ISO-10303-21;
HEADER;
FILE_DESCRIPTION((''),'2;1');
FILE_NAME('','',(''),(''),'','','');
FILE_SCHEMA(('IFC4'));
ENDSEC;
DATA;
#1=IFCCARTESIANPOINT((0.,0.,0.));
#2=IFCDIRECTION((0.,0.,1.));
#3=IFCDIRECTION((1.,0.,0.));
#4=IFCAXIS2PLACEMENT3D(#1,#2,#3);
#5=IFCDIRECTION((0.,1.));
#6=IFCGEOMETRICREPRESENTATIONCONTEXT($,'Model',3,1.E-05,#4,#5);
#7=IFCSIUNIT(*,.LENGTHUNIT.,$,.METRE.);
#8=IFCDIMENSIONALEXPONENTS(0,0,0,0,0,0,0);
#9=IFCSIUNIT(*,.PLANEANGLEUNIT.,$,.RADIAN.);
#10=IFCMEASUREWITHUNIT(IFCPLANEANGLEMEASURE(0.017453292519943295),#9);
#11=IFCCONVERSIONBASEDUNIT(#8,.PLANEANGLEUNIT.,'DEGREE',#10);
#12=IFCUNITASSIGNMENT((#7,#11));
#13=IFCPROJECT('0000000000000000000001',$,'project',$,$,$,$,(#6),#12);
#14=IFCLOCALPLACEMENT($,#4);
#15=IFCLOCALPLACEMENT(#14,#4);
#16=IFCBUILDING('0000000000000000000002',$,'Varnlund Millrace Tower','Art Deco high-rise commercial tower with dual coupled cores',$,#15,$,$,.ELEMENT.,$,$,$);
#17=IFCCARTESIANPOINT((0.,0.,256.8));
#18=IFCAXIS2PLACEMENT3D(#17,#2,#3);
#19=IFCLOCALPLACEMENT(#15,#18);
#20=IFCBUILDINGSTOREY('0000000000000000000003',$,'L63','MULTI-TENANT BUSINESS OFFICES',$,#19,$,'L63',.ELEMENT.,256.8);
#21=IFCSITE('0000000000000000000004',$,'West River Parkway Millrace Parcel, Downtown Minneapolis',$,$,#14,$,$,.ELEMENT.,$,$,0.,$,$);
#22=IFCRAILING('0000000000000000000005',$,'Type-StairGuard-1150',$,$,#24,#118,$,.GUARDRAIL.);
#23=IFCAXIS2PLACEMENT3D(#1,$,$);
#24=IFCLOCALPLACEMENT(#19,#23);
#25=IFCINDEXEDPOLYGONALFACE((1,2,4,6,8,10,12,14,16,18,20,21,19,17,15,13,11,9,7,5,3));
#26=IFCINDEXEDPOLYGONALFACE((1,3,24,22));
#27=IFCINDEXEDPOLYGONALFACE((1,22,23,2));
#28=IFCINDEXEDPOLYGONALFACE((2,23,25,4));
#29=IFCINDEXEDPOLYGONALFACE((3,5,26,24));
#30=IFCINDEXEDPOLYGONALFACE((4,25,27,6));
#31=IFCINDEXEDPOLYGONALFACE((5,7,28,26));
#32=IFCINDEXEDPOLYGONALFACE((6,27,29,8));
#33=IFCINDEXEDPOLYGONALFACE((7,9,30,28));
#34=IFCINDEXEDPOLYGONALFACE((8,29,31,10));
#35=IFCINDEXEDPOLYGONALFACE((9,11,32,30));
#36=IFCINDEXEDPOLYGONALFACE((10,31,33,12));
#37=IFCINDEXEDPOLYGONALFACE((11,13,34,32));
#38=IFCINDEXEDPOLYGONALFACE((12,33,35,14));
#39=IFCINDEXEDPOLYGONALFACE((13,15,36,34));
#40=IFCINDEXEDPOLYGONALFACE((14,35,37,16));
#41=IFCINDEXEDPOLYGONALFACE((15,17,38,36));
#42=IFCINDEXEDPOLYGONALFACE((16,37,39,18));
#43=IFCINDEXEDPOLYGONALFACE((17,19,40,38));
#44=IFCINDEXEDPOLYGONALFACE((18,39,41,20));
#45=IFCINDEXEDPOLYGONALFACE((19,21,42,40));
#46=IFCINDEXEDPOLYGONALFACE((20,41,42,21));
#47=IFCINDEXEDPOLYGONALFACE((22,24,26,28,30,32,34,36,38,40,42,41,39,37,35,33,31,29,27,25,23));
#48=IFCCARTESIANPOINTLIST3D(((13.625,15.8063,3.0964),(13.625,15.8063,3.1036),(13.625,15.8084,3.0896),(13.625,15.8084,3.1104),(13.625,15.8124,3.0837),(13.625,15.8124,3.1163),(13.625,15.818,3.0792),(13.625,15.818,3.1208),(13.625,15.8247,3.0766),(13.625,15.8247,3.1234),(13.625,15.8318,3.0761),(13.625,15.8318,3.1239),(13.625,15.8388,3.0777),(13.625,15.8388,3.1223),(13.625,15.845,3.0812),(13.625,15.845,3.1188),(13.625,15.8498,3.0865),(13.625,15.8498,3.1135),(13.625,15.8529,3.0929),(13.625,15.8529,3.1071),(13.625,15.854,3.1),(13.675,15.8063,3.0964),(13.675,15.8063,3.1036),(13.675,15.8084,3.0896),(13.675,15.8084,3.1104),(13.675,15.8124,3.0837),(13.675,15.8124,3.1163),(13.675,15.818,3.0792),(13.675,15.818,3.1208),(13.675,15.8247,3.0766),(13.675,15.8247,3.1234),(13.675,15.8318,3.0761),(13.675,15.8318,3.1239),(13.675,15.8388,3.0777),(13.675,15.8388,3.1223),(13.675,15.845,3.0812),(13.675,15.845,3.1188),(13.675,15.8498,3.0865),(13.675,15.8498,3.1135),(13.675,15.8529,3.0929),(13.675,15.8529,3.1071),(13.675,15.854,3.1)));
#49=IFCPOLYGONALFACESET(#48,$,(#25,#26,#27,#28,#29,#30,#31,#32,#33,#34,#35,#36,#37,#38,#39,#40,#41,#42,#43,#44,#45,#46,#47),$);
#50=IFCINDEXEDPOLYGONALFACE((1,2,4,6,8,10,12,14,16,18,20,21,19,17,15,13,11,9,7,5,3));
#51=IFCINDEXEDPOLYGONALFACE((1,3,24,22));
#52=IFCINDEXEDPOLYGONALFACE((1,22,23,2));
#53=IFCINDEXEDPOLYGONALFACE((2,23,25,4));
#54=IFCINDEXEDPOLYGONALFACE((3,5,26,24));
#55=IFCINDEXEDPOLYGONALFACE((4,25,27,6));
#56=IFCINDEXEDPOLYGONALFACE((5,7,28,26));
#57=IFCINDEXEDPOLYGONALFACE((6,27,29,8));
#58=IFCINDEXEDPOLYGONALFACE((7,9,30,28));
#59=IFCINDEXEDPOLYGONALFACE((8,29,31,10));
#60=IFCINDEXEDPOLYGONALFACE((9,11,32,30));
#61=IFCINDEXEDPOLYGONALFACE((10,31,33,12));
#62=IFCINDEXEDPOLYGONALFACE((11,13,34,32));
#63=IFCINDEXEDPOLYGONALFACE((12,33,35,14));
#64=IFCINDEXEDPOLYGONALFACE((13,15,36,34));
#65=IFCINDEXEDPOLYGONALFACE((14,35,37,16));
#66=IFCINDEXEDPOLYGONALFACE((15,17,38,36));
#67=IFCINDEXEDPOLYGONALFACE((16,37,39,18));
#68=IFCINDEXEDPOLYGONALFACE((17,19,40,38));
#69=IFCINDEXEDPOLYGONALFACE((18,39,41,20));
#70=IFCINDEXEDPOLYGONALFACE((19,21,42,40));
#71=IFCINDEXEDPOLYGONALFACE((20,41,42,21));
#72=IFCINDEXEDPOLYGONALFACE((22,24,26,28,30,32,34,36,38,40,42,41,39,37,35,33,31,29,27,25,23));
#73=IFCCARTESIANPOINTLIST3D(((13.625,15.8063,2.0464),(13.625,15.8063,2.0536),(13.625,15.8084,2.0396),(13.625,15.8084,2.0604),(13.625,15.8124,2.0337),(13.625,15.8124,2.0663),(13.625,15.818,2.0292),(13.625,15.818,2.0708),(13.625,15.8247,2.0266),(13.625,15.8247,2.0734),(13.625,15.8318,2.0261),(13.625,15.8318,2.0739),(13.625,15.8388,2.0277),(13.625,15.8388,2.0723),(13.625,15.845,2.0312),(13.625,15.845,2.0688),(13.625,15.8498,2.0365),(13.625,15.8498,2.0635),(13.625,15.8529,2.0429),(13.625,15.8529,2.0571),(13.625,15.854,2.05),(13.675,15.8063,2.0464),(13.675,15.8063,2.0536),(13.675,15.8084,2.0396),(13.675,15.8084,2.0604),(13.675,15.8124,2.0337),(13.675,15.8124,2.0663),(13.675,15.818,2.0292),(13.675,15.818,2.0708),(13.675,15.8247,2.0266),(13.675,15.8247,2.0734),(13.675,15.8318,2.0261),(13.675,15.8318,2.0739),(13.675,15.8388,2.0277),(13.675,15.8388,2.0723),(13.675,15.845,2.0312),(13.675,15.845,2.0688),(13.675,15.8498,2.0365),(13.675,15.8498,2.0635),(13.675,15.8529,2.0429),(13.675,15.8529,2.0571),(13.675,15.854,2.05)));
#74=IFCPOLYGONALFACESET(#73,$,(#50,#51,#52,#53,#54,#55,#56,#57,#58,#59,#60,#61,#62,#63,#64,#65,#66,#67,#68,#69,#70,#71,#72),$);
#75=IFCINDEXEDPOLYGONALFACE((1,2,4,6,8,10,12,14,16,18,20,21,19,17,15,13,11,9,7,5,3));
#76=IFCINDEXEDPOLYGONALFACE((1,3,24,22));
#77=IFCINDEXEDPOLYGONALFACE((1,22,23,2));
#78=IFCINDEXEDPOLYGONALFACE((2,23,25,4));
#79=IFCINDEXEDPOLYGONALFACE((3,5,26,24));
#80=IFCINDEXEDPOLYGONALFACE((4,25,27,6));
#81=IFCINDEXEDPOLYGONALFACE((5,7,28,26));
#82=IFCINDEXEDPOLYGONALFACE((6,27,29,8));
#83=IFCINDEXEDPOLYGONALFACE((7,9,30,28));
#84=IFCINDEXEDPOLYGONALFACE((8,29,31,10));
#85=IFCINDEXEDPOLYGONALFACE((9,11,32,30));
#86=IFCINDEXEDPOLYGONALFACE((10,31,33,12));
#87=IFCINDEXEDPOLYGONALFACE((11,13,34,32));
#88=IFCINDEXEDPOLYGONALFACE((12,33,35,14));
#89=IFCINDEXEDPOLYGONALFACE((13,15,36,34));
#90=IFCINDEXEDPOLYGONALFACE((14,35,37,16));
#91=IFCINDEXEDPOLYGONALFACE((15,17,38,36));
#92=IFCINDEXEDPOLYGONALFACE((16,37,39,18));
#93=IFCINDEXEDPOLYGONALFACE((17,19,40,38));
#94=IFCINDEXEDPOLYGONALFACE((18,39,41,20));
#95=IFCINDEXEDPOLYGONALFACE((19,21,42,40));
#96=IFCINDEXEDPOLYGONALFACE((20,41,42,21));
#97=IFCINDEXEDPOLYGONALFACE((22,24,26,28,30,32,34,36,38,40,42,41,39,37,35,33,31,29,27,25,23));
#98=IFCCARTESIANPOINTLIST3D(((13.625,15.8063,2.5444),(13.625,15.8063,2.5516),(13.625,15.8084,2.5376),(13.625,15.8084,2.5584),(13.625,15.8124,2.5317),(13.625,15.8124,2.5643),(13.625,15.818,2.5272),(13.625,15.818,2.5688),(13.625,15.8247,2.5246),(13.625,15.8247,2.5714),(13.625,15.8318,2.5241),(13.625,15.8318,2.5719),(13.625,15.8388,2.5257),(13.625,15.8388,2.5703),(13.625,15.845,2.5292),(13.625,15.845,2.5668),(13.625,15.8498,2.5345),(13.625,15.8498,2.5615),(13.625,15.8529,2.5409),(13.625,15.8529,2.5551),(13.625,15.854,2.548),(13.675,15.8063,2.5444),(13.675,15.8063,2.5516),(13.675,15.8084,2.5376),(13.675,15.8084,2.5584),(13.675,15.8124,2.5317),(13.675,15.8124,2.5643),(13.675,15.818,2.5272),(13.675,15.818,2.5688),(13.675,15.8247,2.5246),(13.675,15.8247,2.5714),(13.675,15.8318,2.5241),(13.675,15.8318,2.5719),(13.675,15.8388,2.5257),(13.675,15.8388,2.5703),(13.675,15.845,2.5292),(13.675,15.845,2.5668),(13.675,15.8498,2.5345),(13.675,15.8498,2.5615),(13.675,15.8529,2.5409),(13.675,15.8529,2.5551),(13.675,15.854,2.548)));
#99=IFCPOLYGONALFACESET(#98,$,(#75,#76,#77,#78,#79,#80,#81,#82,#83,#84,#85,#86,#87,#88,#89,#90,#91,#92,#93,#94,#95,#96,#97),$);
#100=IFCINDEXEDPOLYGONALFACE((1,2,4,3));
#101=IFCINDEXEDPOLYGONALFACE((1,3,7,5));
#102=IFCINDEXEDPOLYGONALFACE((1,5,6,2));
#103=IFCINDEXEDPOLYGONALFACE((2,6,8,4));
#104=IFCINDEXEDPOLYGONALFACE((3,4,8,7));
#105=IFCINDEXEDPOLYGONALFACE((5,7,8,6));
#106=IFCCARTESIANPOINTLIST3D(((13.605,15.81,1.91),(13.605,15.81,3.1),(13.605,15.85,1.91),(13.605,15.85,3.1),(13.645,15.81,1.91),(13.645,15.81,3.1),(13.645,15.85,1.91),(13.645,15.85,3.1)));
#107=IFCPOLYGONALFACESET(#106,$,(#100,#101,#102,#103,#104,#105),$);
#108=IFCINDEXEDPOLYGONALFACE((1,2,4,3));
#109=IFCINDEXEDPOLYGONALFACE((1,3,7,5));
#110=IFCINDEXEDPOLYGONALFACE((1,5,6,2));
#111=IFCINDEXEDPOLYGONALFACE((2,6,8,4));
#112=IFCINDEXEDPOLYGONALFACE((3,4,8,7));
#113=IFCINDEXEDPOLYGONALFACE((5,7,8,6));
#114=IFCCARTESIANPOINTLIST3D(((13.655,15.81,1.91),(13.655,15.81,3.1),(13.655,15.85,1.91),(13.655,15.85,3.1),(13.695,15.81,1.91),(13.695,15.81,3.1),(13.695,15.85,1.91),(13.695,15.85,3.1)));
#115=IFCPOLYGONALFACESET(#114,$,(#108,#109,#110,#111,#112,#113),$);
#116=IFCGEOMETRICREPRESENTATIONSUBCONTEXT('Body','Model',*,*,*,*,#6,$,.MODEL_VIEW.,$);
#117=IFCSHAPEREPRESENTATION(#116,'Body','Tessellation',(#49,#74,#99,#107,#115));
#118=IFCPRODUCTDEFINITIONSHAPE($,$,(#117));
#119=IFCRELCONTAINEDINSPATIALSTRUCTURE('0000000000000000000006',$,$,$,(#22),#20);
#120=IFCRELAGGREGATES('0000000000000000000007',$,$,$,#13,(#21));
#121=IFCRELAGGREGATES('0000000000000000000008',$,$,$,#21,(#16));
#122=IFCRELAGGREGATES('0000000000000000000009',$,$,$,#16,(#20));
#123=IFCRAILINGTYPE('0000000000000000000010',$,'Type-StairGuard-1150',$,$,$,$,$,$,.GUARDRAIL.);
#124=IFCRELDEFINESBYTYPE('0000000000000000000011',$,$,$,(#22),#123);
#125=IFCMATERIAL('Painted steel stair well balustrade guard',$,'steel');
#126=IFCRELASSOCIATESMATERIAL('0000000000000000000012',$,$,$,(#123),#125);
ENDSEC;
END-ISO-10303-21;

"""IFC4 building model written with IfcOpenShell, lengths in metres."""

from ifc_helpers import new_model, entity, si_unit, converted_unit, direction, frame, origin_with_axes, origin_2d_with_axis, place, context, subcontext, project, spatial, rectangle, circle, extrude, material, type_object, element, save


model = new_model("IFC4")

# Units and contexts
model_context = context("Model", 3, precision=1e-05, world=origin_with_axes(), true_north=direction((0.0, 1.0)))
body_context = subcontext(model_context, "Body", "Model", "MODEL_VIEW")
ifc_project = project(units=[si_unit("LENGTHUNIT", "METRE"), converted_unit("PLANEANGLEUNIT", "DEGREE", entity("IfcPlaneAngleMeasure", 0.017453292519943295), si_unit("PLANEANGLEUNIT", "RADIAN"), dimensions=[0, 0, 0, 0, 0, 0, 0])], contexts=[model_context])

# Site, building, storey
site_placement = place(None, origin_with_axes())
site = spatial("IfcSite", under=ifc_project, at=site_placement, Name="West River Parkway Millrace Parcel, Downtown Minneapolis", CompositionType="ELEMENT", RefElevation=0.0)
building_placement = place(site_placement, origin_with_axes())
building = spatial("IfcBuilding", under=site, at=building_placement, Name="Varnlund Millrace Tower", Description="Art Deco high-rise commercial tower with dual coupled cores", CompositionType="ELEMENT")
storey_placement = place(building_placement, frame((0.0, 0.0, 256.8), z_axis=(0.0, 0.0, 1.0), x_axis=(1.0, 0.0, 0.0)))
storey = spatial("IfcBuildingStorey", under=building, at=storey_placement, Name="L63", Description="MULTI-TENANT BUSINESS OFFICES", LongName="L63", CompositionType="ELEMENT", Elevation=256.8)

# Railing
ifc_material_1 = material(Name="Painted steel stair well balustrade guard", Category="steel")
railing_type_1 = type_object("IfcRailingType", Name="Type-StairGuard-1150", PredefinedType="GUARDRAIL", material=ifc_material_1)
railing_1_placement = place(storey_placement, frame((0.0, 0.0, -256.8), z_axis=(0.0, 0.0, 1.0), x_axis=(1.0, 0.0, 0.0)))
element("IfcRailing", 1, at=railing_1_placement, inside=storey, type_object=railing_type_1, Name="Type-StairGuard-1150", PredefinedType="GUARDRAIL", context=body_context, shape_type="SweptSolid", body=[
    extrude(circle(Radius=0.024, at=origin_2d_with_axis()), frame((13.625, 15.83, 259.9), z_axis=(1.0, 0.0, 0.0), x_axis=(0.0, 1.0, 0.0)), (0.0, 0.0, 1.0), 0.05),
    extrude(circle(Radius=0.024, at=origin_2d_with_axis()), frame((13.625, 15.83, 258.85), z_axis=(1.0, 0.0, 0.0), x_axis=(0.0, 1.0, 0.0)), (0.0, 0.0, 1.0), 0.05),
    extrude(circle(Radius=0.024, at=origin_2d_with_axis()), frame((13.625, 15.83, 259.348), z_axis=(1.0, 0.0, 0.0), x_axis=(0.0, 1.0, 0.0)), (0.0, 0.0, 1.0), 0.05),
    extrude(rectangle(XDim=0.04, YDim=0.04, at=origin_2d_with_axis()), frame((13.625, 15.83, 258.71), z_axis=(0.0, 0.0, 1.0), x_axis=(1.0, 0.0, 0.0)), (0.0, 0.0, 1.0), 1.19),
    extrude(rectangle(XDim=0.04, YDim=0.04, at=origin_2d_with_axis()), frame((13.675, 15.83, 258.71), z_axis=(0.0, 0.0, 1.0), x_axis=(1.0, 0.0, 0.0)), (0.0, 0.0, 1.0), 1.19),
])

save(model, "model.ifc")
